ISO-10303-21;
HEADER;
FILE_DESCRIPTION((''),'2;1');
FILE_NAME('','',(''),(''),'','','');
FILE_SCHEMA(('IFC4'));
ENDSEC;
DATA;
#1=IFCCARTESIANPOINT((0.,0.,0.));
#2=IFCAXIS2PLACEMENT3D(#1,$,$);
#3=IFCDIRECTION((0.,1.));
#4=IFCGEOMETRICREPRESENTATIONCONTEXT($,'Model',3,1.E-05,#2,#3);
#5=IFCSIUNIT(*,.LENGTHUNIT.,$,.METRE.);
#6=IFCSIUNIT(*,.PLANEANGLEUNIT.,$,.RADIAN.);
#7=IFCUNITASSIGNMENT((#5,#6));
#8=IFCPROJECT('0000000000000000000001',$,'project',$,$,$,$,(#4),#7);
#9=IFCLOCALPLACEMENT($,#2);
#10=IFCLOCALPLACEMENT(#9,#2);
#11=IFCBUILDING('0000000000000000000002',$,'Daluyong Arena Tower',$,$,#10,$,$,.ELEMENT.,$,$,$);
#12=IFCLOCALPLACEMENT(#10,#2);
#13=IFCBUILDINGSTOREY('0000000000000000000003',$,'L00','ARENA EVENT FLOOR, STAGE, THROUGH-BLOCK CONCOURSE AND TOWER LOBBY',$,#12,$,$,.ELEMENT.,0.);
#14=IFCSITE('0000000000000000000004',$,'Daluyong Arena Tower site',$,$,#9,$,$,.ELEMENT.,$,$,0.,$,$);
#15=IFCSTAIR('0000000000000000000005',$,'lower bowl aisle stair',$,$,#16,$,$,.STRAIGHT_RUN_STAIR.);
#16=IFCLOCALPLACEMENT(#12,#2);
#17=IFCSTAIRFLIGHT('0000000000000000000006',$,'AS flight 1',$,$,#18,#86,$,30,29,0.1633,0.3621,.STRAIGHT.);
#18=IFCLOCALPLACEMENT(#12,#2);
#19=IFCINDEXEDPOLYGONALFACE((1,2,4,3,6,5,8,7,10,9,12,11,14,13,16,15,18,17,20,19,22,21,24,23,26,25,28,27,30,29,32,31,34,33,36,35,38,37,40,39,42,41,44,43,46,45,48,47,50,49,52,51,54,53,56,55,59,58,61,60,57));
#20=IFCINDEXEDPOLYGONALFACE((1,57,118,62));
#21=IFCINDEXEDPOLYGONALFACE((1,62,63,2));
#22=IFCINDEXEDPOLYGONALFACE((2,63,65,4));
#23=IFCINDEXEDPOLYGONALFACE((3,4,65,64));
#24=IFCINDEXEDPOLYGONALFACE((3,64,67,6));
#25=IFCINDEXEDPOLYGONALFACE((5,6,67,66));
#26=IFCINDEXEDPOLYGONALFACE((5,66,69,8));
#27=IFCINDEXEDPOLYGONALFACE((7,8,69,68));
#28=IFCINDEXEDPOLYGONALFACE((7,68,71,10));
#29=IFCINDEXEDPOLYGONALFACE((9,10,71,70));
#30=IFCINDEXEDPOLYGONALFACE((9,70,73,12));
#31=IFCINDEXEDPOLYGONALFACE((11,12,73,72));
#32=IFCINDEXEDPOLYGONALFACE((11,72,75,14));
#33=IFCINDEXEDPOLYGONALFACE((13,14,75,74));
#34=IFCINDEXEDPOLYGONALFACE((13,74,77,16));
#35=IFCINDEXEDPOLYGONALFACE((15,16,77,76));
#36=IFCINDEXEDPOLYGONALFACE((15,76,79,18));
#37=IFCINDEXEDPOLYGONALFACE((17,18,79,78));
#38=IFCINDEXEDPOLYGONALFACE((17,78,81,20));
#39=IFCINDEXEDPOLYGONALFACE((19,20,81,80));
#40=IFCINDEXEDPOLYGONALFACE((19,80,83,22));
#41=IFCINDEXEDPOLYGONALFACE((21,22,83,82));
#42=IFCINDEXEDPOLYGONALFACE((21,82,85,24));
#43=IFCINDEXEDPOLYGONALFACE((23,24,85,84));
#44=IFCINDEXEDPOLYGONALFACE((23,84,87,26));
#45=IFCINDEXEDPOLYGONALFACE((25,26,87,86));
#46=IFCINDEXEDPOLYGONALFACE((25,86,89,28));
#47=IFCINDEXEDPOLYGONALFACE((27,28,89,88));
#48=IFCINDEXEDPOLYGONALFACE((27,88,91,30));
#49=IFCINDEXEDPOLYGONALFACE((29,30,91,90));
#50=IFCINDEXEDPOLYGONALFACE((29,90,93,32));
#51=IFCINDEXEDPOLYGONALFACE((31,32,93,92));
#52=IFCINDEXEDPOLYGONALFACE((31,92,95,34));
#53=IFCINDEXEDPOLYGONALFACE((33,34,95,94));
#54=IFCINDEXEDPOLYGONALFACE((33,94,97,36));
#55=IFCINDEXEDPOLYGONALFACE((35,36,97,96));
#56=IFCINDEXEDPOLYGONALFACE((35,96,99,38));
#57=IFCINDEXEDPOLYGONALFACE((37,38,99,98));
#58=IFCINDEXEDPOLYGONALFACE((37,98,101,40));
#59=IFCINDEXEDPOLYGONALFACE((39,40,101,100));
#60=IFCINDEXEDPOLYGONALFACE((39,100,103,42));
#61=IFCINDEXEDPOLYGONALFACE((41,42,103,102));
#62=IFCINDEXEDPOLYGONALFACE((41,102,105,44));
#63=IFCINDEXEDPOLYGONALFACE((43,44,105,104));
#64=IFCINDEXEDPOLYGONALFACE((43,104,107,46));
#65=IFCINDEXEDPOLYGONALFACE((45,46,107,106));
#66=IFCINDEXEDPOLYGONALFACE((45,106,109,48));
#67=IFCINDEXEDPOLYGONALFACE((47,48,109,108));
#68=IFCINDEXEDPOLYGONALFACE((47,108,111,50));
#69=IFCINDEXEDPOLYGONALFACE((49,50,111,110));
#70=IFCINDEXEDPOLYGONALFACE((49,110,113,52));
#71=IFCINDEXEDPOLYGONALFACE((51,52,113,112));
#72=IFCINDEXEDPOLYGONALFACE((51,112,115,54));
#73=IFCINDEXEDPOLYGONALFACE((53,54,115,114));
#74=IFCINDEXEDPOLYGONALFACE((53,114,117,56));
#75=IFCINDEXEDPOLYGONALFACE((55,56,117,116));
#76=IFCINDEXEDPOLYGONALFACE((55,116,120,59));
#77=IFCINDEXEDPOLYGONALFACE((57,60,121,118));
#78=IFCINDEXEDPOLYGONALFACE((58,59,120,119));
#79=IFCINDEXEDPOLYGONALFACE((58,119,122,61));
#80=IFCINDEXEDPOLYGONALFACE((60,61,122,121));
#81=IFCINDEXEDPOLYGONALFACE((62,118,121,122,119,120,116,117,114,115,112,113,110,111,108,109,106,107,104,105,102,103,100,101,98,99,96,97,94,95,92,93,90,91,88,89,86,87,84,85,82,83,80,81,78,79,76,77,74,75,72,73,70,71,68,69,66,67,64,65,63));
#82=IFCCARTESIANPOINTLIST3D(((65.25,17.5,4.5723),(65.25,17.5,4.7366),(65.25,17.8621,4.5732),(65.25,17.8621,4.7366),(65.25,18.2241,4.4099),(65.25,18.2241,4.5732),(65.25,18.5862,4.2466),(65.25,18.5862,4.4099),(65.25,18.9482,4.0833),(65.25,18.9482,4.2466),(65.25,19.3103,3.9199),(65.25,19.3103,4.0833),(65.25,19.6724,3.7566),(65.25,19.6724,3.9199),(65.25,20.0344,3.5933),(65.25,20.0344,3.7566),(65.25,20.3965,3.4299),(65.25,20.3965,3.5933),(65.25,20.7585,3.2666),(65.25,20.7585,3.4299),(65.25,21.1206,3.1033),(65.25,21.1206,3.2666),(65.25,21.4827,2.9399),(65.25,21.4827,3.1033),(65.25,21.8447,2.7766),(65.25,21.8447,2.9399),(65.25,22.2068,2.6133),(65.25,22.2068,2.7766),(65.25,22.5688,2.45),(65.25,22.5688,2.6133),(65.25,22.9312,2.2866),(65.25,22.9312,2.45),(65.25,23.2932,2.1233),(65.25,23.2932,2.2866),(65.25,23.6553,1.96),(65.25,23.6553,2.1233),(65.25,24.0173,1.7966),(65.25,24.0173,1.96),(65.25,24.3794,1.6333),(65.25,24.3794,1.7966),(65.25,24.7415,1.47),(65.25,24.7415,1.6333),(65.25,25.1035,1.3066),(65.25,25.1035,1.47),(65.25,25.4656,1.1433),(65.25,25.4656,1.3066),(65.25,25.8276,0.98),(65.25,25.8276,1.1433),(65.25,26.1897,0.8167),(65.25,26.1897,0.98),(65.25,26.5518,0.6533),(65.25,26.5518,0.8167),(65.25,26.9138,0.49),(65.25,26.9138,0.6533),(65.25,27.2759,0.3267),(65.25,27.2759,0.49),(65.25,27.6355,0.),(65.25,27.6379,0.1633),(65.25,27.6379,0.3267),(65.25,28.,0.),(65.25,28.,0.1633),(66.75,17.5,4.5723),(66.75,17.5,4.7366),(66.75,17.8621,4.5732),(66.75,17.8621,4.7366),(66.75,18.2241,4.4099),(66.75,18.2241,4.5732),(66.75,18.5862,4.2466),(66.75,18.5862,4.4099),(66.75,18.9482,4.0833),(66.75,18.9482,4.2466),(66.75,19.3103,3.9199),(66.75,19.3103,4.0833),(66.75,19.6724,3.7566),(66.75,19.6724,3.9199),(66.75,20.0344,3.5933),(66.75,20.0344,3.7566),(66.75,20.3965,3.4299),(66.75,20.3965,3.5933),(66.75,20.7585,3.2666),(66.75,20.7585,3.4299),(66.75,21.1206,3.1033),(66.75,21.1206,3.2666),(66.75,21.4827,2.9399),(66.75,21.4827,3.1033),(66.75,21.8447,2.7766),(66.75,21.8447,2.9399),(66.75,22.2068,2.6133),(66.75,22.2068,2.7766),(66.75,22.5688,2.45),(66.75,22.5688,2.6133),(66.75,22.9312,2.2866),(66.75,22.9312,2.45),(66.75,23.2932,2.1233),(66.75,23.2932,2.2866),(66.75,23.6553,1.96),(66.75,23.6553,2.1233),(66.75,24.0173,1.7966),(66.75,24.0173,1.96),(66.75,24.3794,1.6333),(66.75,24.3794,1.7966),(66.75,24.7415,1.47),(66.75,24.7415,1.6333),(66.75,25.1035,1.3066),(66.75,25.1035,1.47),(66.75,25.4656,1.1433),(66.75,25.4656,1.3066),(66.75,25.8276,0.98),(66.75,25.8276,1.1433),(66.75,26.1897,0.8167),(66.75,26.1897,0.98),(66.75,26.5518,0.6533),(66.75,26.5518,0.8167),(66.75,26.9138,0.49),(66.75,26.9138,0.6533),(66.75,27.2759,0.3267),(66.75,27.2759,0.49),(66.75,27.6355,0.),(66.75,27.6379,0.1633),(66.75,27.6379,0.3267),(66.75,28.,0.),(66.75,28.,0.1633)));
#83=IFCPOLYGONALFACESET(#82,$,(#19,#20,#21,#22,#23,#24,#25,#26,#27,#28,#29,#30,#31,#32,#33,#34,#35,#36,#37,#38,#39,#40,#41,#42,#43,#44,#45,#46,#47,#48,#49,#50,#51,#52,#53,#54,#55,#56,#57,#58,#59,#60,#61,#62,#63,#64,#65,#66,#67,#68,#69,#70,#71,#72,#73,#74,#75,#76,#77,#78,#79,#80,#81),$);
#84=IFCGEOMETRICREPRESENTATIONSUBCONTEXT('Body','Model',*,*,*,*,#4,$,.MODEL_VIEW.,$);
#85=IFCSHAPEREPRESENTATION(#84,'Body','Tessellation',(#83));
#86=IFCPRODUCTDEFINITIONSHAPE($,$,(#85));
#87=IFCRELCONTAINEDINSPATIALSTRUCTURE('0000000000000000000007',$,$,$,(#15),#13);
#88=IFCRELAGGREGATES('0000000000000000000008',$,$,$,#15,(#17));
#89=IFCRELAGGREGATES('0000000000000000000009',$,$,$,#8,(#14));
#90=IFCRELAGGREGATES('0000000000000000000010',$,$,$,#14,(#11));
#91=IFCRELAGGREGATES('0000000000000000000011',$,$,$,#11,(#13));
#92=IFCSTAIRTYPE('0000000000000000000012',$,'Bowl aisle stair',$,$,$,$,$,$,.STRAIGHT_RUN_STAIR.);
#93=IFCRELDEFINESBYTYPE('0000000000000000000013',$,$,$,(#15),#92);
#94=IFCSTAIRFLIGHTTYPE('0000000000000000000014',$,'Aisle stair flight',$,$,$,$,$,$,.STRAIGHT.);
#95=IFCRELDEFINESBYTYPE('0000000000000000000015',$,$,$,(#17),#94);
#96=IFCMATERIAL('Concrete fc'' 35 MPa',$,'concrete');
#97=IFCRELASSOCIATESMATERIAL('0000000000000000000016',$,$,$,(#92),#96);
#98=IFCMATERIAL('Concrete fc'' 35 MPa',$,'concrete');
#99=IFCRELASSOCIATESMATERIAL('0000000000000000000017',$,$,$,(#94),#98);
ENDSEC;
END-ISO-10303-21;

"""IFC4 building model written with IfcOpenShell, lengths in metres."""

from ifc_helpers import new_model, si_unit, direction, frame, origin, place, context, subcontext, project, spatial, polyline, outline, extrude, material, type_object, element, aggregate, save


model = new_model("IFC4")

# Units and contexts
model_context = context("Model", 3, precision=1e-05, world=origin(), true_north=direction((0.0, 1.0)))
body_context = subcontext(model_context, "Body", "Model", "MODEL_VIEW")
ifc_project = project(units=[si_unit("LENGTHUNIT", "METRE"), si_unit("PLANEANGLEUNIT", "RADIAN")], contexts=[model_context])

# Site, building, storey
site_placement = place(None, origin())
site = spatial("IfcSite", under=ifc_project, at=site_placement, Name="Daluyong Arena Tower site", CompositionType="ELEMENT", RefElevation=0.0)
building_placement = place(site_placement, origin())
building = spatial("IfcBuilding", under=site, at=building_placement, Name="Daluyong Arena Tower", CompositionType="ELEMENT")
storey_placement = place(building_placement, origin())
storey = spatial("IfcBuildingStorey", under=building, at=storey_placement, Name="L00", Description="ARENA EVENT FLOOR, STAGE, THROUGH-BLOCK CONCOURSE AND TOWER LOBBY", CompositionType="ELEMENT", Elevation=0.0)

# Stair, stair flight
ifc_material_1 = material(Name="Concrete fc' 35 MPa", Category="concrete")
stair_type = type_object("IfcStairType", Name="Bowl aisle stair", PredefinedType="STRAIGHT_RUN_STAIR", material=ifc_material_1)
stair_placement = place(storey_placement, origin())
stair = element("IfcStair", 1, at=stair_placement, inside=storey, type_object=stair_type, Name="lower bowl aisle stair", PredefinedType="STRAIGHT_RUN_STAIR")
ifc_material_2 = material(Name="Concrete fc' 35 MPa", Category="concrete")
stair_flight_type = type_object("IfcStairFlightType", Name="Aisle stair flight", PredefinedType="STRAIGHT", material=ifc_material_2)
stair_flight_placement = place(storey_placement, frame((66.0, 28.0, 0.0), z_axis=(0.0, 0.0, 1.0), x_axis=(0.0, -1.0, 0.0)))
stair_flight = element("IfcStairFlight", 2, at=stair_flight_placement, type_object=stair_flight_type, Name="AS flight 1", NumberOfRisers=30, NumberOfTreads=29, PredefinedType="STRAIGHT", RiserHeight=0.1633, TreadLength=0.3621, context=body_context, shape_type="SweptSolid", body=[
    extrude(outline(polyline([(0.0, 0.0), (0.0, 0.1633), (0.3621, 0.1633), (0.3621, 0.3267), (0.7241, 0.3267), (0.7241, 0.49), (1.0862, 0.49), (1.0862, 0.6533), (1.4482, 0.6533), (1.4482, 0.8167), (1.8103, 0.8167), (1.8103, 0.98), (2.1724, 0.98), (2.1724, 1.1433), (2.5344, 1.1433), (2.5344, 1.3066), (2.8965, 1.3066), (2.8965, 1.47), (3.2585, 1.47), (3.2585, 1.6333), (3.6206, 1.6333), (3.6206, 1.7966), (3.9827, 1.7966), (3.9827, 1.96), (4.3447, 1.96), (4.3447, 2.1233), (4.7068, 2.1233), (4.7068, 2.2866), (5.0688, 2.2866), (5.0688, 2.45), (5.4312, 2.45), (5.4312, 2.6133), (5.7932, 2.6133), (5.7932, 2.7766), (6.1553, 2.7766), (6.1553, 2.9399), (6.5173, 2.9399), (6.5173, 3.1033), (6.8794, 3.1033), (6.8794, 3.2666), (7.2415, 3.2666), (7.2415, 3.4299), (7.6035, 3.4299), (7.6035, 3.5933), (7.9656, 3.5933), (7.9656, 3.7566), (8.3276, 3.7566), (8.3276, 3.9199), (8.6897, 3.9199), (8.6897, 4.0833), (9.0518, 4.0833), (9.0518, 4.2466), (9.4138, 4.2466), (9.4138, 4.4099), (9.7759, 4.4099), (9.7759, 4.5732), (10.1379, 4.5732), (10.1379, 4.7366), (10.5, 4.7366), (10.5, 4.8999), (10.5, 4.5723), (0.3645, 0.0), (0.0, 0.0)])), frame((0.0, 0.75, 0.0), z_axis=(0.0, -1.0, 0.0), x_axis=(1.0, 0.0, 0.0)), (0.0, 0.0, 1.0), 1.5),
])
aggregate(stair, [stair_flight])

save(model, "model.ifc")
